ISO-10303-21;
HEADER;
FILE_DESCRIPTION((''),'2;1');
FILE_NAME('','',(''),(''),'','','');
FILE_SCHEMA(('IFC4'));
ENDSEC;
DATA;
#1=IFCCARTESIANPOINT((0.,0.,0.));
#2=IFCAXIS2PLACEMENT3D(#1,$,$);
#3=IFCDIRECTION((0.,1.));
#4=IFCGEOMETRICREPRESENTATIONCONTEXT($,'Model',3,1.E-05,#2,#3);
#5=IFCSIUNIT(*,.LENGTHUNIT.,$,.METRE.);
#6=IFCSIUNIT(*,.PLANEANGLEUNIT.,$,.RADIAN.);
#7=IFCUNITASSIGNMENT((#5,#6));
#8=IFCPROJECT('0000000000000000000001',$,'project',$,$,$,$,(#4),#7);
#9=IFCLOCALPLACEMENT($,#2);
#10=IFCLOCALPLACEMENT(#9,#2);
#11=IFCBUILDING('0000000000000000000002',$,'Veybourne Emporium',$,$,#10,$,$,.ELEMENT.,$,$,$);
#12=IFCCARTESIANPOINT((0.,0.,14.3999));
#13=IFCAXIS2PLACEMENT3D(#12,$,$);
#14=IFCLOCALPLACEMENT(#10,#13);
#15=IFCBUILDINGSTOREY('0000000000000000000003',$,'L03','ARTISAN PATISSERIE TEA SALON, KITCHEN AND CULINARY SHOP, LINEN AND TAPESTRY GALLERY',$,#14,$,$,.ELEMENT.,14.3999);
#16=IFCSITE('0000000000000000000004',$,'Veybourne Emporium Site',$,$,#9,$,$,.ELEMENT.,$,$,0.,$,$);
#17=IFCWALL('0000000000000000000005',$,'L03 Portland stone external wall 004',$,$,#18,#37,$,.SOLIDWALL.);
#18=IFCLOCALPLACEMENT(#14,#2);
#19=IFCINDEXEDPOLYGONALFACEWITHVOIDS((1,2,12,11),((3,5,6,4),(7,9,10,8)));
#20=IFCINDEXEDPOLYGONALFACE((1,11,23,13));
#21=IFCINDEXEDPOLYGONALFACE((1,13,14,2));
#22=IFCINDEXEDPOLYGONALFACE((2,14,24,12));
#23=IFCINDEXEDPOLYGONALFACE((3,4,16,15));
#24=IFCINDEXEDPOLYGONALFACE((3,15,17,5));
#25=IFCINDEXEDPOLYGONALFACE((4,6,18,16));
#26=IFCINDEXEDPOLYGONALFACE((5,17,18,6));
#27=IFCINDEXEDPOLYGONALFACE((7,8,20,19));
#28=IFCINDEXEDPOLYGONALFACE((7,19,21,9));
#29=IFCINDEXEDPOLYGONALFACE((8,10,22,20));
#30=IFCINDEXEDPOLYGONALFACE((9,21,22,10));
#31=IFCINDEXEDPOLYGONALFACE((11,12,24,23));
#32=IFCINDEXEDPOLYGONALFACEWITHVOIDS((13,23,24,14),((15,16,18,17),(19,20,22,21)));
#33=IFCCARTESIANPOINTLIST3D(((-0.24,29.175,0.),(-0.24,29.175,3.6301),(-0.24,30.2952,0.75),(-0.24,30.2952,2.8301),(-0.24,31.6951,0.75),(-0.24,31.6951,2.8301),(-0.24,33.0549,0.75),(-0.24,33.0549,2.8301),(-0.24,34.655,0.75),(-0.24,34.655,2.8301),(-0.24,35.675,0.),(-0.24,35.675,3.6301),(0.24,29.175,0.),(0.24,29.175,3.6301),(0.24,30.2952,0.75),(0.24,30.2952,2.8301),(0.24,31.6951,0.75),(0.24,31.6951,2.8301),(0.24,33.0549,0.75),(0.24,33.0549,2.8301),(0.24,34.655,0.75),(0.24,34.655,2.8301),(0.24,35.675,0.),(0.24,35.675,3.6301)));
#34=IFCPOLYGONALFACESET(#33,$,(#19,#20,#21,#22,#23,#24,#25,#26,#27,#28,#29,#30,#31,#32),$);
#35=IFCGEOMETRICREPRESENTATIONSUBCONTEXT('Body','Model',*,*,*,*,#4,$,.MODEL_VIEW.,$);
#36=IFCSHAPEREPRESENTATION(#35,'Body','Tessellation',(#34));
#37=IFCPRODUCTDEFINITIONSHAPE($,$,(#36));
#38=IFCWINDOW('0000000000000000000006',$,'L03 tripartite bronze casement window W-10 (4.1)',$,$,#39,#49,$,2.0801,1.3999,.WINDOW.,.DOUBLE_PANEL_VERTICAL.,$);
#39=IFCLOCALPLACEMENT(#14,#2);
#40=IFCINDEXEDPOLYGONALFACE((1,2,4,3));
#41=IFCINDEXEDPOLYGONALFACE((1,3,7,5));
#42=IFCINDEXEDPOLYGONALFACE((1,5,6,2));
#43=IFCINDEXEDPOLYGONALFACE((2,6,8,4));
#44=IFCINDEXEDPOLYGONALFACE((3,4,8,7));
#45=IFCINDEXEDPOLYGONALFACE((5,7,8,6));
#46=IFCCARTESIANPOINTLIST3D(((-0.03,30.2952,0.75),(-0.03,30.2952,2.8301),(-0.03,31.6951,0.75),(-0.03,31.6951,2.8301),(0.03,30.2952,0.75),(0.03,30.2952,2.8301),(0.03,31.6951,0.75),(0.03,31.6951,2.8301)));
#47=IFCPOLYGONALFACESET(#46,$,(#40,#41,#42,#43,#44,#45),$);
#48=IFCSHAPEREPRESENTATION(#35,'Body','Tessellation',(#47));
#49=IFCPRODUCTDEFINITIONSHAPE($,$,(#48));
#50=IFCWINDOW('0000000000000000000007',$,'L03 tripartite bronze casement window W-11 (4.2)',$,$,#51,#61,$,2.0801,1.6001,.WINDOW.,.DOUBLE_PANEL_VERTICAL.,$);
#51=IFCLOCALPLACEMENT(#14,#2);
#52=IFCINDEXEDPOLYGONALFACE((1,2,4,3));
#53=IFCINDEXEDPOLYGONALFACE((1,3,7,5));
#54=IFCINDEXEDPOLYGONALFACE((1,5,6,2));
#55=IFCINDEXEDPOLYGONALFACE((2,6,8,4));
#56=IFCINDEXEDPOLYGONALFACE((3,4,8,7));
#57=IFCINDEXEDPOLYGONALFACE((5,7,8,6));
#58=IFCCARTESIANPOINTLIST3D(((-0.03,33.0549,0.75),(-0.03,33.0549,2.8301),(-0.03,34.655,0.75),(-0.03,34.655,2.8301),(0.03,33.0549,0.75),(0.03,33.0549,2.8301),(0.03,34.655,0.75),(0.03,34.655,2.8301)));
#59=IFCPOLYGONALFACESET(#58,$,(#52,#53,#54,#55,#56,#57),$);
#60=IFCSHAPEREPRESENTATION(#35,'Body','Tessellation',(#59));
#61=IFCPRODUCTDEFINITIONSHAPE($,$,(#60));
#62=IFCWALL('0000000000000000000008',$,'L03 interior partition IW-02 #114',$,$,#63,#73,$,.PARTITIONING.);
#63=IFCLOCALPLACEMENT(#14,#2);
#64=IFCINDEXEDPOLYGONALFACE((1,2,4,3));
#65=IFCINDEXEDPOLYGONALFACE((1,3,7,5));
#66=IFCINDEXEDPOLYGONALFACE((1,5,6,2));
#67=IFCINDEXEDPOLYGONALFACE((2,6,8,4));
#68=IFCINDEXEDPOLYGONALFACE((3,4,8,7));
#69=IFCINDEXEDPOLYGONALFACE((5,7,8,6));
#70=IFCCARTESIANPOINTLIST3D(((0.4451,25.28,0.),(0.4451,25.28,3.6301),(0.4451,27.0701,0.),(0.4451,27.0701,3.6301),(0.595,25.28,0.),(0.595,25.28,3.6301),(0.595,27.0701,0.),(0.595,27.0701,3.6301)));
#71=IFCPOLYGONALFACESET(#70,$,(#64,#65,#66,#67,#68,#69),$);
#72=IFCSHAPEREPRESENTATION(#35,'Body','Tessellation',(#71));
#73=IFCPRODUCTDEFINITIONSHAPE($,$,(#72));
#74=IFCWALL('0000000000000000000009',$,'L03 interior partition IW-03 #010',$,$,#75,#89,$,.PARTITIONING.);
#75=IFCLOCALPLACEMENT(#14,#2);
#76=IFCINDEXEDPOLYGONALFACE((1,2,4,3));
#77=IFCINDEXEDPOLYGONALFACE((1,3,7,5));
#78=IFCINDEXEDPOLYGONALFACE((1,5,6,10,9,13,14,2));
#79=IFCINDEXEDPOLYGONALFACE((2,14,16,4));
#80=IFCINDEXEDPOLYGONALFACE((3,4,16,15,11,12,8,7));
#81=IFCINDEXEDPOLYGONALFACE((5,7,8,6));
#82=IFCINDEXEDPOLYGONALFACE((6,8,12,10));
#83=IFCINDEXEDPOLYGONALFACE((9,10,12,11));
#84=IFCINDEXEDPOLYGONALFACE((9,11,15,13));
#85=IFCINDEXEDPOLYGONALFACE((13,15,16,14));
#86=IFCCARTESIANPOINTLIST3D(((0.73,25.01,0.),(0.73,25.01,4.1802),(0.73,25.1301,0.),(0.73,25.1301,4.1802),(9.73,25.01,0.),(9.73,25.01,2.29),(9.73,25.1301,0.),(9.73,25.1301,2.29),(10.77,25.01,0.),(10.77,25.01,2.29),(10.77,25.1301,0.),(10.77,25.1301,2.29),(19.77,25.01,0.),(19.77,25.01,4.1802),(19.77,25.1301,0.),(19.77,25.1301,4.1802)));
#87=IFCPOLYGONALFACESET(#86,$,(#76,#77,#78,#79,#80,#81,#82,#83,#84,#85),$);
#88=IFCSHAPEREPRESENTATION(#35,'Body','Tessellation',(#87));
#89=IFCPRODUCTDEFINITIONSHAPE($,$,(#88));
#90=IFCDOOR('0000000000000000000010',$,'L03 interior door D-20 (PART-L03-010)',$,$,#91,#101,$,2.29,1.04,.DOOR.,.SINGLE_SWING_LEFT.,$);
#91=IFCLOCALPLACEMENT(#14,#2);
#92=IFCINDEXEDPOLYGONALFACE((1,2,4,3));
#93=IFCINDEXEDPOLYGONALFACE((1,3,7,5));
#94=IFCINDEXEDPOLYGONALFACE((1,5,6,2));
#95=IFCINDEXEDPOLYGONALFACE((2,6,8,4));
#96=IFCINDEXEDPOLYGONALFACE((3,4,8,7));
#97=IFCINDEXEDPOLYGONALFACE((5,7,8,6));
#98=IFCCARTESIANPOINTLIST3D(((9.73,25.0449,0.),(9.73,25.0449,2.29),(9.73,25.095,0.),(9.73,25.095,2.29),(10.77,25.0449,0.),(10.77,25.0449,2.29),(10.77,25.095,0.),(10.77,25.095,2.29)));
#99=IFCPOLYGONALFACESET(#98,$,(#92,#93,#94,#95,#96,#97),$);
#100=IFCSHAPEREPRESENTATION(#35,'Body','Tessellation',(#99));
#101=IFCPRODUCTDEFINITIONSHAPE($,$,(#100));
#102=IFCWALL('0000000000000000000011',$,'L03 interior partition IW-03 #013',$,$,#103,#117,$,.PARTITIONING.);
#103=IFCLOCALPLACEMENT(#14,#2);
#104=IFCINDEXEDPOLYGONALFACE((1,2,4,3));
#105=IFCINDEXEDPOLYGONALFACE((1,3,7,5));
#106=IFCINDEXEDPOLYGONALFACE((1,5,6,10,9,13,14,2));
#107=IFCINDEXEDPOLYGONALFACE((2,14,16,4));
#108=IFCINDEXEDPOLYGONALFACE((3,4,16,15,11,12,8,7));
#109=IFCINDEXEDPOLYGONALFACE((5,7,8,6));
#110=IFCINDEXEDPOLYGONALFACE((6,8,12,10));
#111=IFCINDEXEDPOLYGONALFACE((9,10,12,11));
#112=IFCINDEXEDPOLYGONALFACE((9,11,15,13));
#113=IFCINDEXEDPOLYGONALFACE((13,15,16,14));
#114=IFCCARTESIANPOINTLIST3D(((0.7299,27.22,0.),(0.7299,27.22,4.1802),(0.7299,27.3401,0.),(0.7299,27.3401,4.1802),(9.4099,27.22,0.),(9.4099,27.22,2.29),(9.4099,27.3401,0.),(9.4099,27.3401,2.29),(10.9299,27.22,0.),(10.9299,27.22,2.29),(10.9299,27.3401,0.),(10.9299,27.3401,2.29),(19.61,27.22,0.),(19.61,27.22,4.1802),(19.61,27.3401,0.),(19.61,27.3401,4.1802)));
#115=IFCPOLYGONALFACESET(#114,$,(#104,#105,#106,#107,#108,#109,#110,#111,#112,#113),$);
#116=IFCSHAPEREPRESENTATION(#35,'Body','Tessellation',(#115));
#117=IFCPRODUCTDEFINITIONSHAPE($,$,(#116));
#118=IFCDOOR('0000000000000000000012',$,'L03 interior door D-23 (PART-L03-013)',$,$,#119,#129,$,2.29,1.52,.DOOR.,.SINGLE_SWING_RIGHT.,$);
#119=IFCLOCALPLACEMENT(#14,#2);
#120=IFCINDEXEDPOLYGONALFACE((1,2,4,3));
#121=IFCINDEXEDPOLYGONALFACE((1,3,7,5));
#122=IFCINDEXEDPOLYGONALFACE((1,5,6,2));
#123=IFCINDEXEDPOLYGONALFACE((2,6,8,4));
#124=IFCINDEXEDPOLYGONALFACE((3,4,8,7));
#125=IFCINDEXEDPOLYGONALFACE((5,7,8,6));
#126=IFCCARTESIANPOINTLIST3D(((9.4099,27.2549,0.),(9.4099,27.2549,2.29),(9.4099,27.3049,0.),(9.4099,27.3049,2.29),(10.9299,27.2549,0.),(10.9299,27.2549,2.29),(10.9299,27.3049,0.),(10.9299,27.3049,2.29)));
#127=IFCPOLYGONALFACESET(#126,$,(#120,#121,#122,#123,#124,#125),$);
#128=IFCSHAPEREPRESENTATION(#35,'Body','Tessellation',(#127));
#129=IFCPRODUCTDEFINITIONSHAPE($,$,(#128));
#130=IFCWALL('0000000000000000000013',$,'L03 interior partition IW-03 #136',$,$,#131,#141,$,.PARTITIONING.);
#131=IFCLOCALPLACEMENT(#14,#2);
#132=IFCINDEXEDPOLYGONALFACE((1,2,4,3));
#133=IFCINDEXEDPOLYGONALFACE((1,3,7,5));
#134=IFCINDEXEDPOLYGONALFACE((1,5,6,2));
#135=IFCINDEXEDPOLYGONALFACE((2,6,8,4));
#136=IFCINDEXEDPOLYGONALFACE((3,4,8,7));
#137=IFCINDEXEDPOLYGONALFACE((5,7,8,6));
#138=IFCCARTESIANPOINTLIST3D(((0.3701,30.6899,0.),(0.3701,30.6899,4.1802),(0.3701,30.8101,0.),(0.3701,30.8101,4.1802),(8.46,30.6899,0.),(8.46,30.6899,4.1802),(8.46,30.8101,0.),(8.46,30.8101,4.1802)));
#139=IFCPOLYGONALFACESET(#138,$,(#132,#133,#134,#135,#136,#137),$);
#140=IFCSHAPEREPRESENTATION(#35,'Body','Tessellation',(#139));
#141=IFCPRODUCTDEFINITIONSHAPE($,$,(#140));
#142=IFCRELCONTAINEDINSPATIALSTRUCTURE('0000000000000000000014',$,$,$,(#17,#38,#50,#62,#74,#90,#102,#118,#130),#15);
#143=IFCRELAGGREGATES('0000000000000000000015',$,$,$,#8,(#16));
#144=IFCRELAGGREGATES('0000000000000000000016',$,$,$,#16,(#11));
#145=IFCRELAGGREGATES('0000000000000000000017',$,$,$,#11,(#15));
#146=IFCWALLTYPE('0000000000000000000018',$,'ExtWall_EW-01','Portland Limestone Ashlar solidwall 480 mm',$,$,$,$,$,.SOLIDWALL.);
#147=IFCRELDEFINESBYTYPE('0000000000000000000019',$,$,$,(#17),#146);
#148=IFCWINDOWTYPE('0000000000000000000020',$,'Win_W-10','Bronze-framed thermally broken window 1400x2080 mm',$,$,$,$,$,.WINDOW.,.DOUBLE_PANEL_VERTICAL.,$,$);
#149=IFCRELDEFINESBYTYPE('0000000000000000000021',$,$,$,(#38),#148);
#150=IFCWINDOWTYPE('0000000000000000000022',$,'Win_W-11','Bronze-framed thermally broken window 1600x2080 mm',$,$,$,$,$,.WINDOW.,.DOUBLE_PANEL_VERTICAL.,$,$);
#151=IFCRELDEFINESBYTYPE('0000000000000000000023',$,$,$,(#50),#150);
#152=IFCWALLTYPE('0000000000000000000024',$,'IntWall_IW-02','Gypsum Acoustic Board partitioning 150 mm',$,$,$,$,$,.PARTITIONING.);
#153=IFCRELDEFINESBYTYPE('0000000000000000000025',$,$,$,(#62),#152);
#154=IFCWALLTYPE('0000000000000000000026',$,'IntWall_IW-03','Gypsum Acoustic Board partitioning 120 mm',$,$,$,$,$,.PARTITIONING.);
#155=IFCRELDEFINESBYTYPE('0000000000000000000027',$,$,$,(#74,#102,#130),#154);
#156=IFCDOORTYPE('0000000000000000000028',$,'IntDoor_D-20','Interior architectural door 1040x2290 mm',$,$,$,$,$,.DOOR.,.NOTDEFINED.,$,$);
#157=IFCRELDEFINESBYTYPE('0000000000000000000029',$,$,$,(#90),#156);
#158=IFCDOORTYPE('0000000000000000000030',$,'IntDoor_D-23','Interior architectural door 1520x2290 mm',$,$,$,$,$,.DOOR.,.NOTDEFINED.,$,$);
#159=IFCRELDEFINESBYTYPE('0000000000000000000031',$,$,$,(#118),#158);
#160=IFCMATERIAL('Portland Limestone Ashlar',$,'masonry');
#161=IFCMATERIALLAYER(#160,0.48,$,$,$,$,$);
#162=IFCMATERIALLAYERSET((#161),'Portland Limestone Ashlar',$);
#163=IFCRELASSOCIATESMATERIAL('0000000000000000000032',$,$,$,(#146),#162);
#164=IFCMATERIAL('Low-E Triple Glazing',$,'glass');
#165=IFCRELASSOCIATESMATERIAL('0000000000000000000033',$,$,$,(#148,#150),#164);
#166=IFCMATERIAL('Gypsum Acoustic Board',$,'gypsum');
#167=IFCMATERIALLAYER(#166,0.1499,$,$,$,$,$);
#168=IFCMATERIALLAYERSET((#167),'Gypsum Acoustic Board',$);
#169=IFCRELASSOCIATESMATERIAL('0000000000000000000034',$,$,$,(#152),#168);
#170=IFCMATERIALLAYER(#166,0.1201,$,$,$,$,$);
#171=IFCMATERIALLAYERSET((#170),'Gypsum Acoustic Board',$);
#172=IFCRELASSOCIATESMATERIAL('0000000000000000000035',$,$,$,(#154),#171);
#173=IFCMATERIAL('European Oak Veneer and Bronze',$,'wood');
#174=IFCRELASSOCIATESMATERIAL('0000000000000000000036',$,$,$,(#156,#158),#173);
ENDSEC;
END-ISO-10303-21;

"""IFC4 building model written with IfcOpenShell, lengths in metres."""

from ifc_helpers import new_model, si_unit, direction, frame, frame_2d, origin, place, context, subcontext, project, spatial, rectangle, extrude, material, layer, layer_set, type_object, element, fill, save


model = new_model("IFC4")

# Units and contexts
model_context = context("Model", 3, precision=1e-05, world=origin(), true_north=direction((0.0, 1.0)))
body_context = subcontext(model_context, "Body", "Model", "MODEL_VIEW")
ifc_project = project(units=[si_unit("LENGTHUNIT", "METRE"), si_unit("PLANEANGLEUNIT", "RADIAN")], contexts=[model_context])

# Site, building, storey
site_placement = place(None, origin())
site = spatial("IfcSite", under=ifc_project, at=site_placement, Name="Veybourne Emporium Site", CompositionType="ELEMENT", RefElevation=0.0)
building_placement = place(site_placement, origin())
building = spatial("IfcBuilding", under=site, at=building_placement, Name="Veybourne Emporium", CompositionType="ELEMENT")
storey_placement = place(building_placement, frame((0.0, 0.0, 14.3999)))
storey = spatial("IfcBuildingStorey", under=building, at=storey_placement, Name="L03", Description="ARTISAN PATISSERIE TEA SALON, KITCHEN AND CULINARY SHOP, LINEN AND TAPESTRY GALLERY", CompositionType="ELEMENT", Elevation=14.3999)

# Shared definitions
ifc_material_1 = material(Name="Portland Limestone Ashlar", Category="masonry")
ifc_layer_1 = layer(ifc_material_1, 0.48)
ifc_layer_set_1 = layer_set([ifc_layer_1], Name="Portland Limestone Ashlar")
wall_type_1 = type_object("IfcWallType", Name="ExtWall_EW-01", Description="Portland Limestone Ashlar solidwall 480 mm", PredefinedType="SOLIDWALL", material=ifc_layer_set_1)
ifc_material_2 = material(Name="Low-E Triple Glazing", Category="glass")

# Wall, openings, windows
wall_1_placement = place(storey_placement, frame((0.0, 29.175, 0.0), z_axis=(0.0, 0.0, 1.0), x_axis=(0.0, 1.0, 0.0)))
wall_1 = element("IfcWall", 1, at=wall_1_placement, inside=storey, type_object=wall_type_1, Name="L03 Portland stone external wall 004", PredefinedType="SOLIDWALL", context=body_context, shape_type="SweptSolid", body=[
    extrude(rectangle(XDim=6.5, YDim=0.48, at=frame_2d((3.25, 0.0))), origin(), (0.0, 0.0, 1.0), 3.6301),
])
opening_1_placement = place(wall_1_placement, frame((1.1201, 0.0, 0.75)))
opening_1 = element("IfcOpeningElement", 2, at=opening_1_placement, cuts=wall_1, PredefinedType="OPENING", context=body_context, shape_type="SweptSolid", body=[
    extrude(rectangle(XDim=1.3999, YDim=2.0801, at=frame_2d((0.7, 1.04))), frame((0.0, 0.26, 0.0), z_axis=(0.0, -1.0, 0.0), x_axis=(1.0, 0.0, 0.0)), (0.0, 0.0, 1.0), 0.52),
])
opening_2_placement = place(wall_1_placement, frame((3.8799, 0.0, 0.75)))
opening_2 = element("IfcOpeningElement", 3, at=opening_2_placement, cuts=wall_1, PredefinedType="OPENING", context=body_context, shape_type="SweptSolid", body=[
    extrude(rectangle(XDim=1.6001, YDim=2.0801, at=frame_2d((0.8, 1.04))), frame((0.0, 0.26, 0.0), z_axis=(0.0, -1.0, 0.0), x_axis=(1.0, 0.0, 0.0)), (0.0, 0.0, 1.0), 0.52),
])
window_type_1 = type_object("IfcWindowType", Name="Win_W-10", Description="Bronze-framed thermally broken window 1400x2080 mm", PartitioningType="DOUBLE_PANEL_VERTICAL", PredefinedType="WINDOW", material=ifc_material_2)
window_1_placement = place(opening_1_placement, origin())
window_1 = element("IfcWindow", 4, at=window_1_placement, inside=storey, type_object=window_type_1, Name="L03 tripartite bronze casement window W-10 (4.1)", OverallHeight=2.0801, OverallWidth=1.3999, PartitioningType="DOUBLE_PANEL_VERTICAL", PredefinedType="WINDOW", context=body_context, shape_type="SweptSolid", body=[
    extrude(rectangle(XDim=1.3999, YDim=2.0801, at=frame_2d((0.7, 1.04))), frame((0.0, 0.03, 0.0), z_axis=(0.0, -1.0, 0.0), x_axis=(1.0, 0.0, 0.0)), (0.0, 0.0, 1.0), 0.0601),
])
fill(opening_1, window_1)
window_type_2 = type_object("IfcWindowType", Name="Win_W-11", Description="Bronze-framed thermally broken window 1600x2080 mm", PartitioningType="DOUBLE_PANEL_VERTICAL", PredefinedType="WINDOW", material=ifc_material_2)
window_2_placement = place(opening_2_placement, origin())
window_2 = element("IfcWindow", 5, at=window_2_placement, inside=storey, type_object=window_type_2, Name="L03 tripartite bronze casement window W-11 (4.2)", OverallHeight=2.0801, OverallWidth=1.6001, PartitioningType="DOUBLE_PANEL_VERTICAL", PredefinedType="WINDOW", context=body_context, shape_type="SweptSolid", body=[
    extrude(rectangle(XDim=1.6001, YDim=2.0801, at=frame_2d((0.8, 1.04))), frame((0.0, 0.03, 0.0), z_axis=(0.0, -1.0, 0.0), x_axis=(1.0, 0.0, 0.0)), (0.0, 0.0, 1.0), 0.0601),
])
fill(opening_2, window_2)

# Wall
ifc_material_3 = material(Name="Gypsum Acoustic Board", Category="gypsum")
ifc_layer_2 = layer(ifc_material_3, 0.1499)
ifc_layer_set_2 = layer_set([ifc_layer_2], Name="Gypsum Acoustic Board")
wall_type_2 = type_object("IfcWallType", Name="IntWall_IW-02", Description="Gypsum Acoustic Board partitioning 150 mm", PredefinedType="PARTITIONING", material=ifc_layer_set_2)
wall_2_placement = place(storey_placement, frame((0.52, 25.28, 0.0), z_axis=(0.0, 0.0, 1.0), x_axis=(0.0, 1.0, 0.0)))
element("IfcWall", 6, at=wall_2_placement, inside=storey, type_object=wall_type_2, Name="L03 interior partition IW-02 #114", PredefinedType="PARTITIONING", context=body_context, shape_type="SweptSolid", body=[
    extrude(rectangle(XDim=1.79, YDim=0.1499, at=frame_2d((0.895, 0.0))), origin(), (0.0, 0.0, 1.0), 3.6301),
])

# Walls, openings, doors
ifc_layer_3 = layer(ifc_material_3, 0.1201)
ifc_layer_set_3 = layer_set([ifc_layer_3], Name="Gypsum Acoustic Board")
wall_type_3 = type_object("IfcWallType", Name="IntWall_IW-03", Description="Gypsum Acoustic Board partitioning 120 mm", PredefinedType="PARTITIONING", material=ifc_layer_set_3)
wall_3_placement = place(storey_placement, frame((0.73, 25.0701, 0.0), z_axis=(0.0, 0.0, 1.0), x_axis=(1.0, 0.0, 0.0)))
wall_3 = element("IfcWall", 7, at=wall_3_placement, inside=storey, type_object=wall_type_3, Name="L03 interior partition IW-03 #010", PredefinedType="PARTITIONING", context=body_context, shape_type="SweptSolid", body=[
    extrude(rectangle(XDim=19.04, YDim=0.1201, at=frame_2d((9.52, 0.0))), origin(), (0.0, 0.0, 1.0), 4.1802),
])
opening_3_placement = place(wall_3_placement, frame((9.0, 0.0, 0.0)))
opening_3 = element("IfcOpeningElement", 8, at=opening_3_placement, cuts=wall_3, PredefinedType="OPENING", context=body_context, shape_type="SweptSolid", body=[
    extrude(rectangle(XDim=1.04, YDim=2.29, at=frame_2d((0.52, 1.145))), frame((0.0, 0.0801, 0.0), z_axis=(0.0, -1.0, 0.0), x_axis=(1.0, 0.0, 0.0)), (0.0, 0.0, 1.0), 0.1602),
])
ifc_material_4 = material(Name="European Oak Veneer and Bronze", Category="wood")
door_type_1 = type_object("IfcDoorType", Name="IntDoor_D-20", Description="Interior architectural door 1040x2290 mm", OperationType="NOTDEFINED", PredefinedType="DOOR", material=ifc_material_4)
door_1_placement = place(opening_3_placement, origin())
door_1 = element("IfcDoor", 9, at=door_1_placement, inside=storey, type_object=door_type_1, Name="L03 interior door D-20 (PART-L03-010)", OperationType="SINGLE_SWING_LEFT", OverallHeight=2.29, OverallWidth=1.04, PredefinedType="DOOR", context=body_context, shape_type="SweptSolid", body=[
    extrude(rectangle(XDim=1.04, YDim=2.29, at=frame_2d((0.52, 1.145))), frame((0.0, 0.0249, 0.0), z_axis=(0.0, -1.0, 0.0), x_axis=(1.0, 0.0, 0.0)), (0.0, 0.0, 1.0), 0.05),
])
fill(opening_3, door_1)
wall_4_placement = place(storey_placement, frame((0.73, 27.28, 0.0), z_axis=(0.0, 0.0, 1.0), x_axis=(1.0, 0.0, 0.0)))
wall_4 = element("IfcWall", 10, at=wall_4_placement, inside=storey, type_object=wall_type_3, Name="L03 interior partition IW-03 #013", PredefinedType="PARTITIONING", context=body_context, shape_type="SweptSolid", body=[
    extrude(rectangle(XDim=18.8801, YDim=0.1201, at=frame_2d((9.4399, 0.0))), origin(), (0.0, 0.0, 1.0), 4.1802),
])
opening_4_placement = place(wall_4_placement, frame((8.6799, 0.0, 0.0)))
opening_4 = element("IfcOpeningElement", 11, at=opening_4_placement, cuts=wall_4, PredefinedType="OPENING", context=body_context, shape_type="SweptSolid", body=[
    extrude(rectangle(XDim=1.52, YDim=2.29, at=frame_2d((0.76, 1.145))), frame((0.0, 0.0801, 0.0), z_axis=(0.0, -1.0, 0.0), x_axis=(1.0, 0.0, 0.0)), (0.0, 0.0, 1.0), 0.1602),
])
door_type_2 = type_object("IfcDoorType", Name="IntDoor_D-23", Description="Interior architectural door 1520x2290 mm", OperationType="NOTDEFINED", PredefinedType="DOOR", material=ifc_material_4)
door_2_placement = place(opening_4_placement, origin())
door_2 = element("IfcDoor", 12, at=door_2_placement, inside=storey, type_object=door_type_2, Name="L03 interior door D-23 (PART-L03-013)", OperationType="SINGLE_SWING_RIGHT", OverallHeight=2.29, OverallWidth=1.52, PredefinedType="DOOR", context=body_context, shape_type="SweptSolid", body=[
    extrude(rectangle(XDim=1.52, YDim=2.29, at=frame_2d((0.76, 1.145))), frame((0.0, 0.0249, 0.0), z_axis=(0.0, -1.0, 0.0), x_axis=(1.0, 0.0, 0.0)), (0.0, 0.0, 1.0), 0.05),
])
fill(opening_4, door_2)

# Wall
wall_5_placement = place(storey_placement, frame((0.3701, 30.75, 0.0), z_axis=(0.0, 0.0, 1.0), x_axis=(1.0, 0.0, 0.0)))
element("IfcWall", 13, at=wall_5_placement, inside=storey, type_object=wall_type_3, Name="L03 interior partition IW-03 #136", PredefinedType="PARTITIONING", context=body_context, shape_type="SweptSolid", body=[
    extrude(rectangle(XDim=8.0898, YDim=0.1201, at=frame_2d((4.0449, 0.0))), origin(), (0.0, 0.0, 1.0), 4.1802),
])

save(model, "model.ifc")
